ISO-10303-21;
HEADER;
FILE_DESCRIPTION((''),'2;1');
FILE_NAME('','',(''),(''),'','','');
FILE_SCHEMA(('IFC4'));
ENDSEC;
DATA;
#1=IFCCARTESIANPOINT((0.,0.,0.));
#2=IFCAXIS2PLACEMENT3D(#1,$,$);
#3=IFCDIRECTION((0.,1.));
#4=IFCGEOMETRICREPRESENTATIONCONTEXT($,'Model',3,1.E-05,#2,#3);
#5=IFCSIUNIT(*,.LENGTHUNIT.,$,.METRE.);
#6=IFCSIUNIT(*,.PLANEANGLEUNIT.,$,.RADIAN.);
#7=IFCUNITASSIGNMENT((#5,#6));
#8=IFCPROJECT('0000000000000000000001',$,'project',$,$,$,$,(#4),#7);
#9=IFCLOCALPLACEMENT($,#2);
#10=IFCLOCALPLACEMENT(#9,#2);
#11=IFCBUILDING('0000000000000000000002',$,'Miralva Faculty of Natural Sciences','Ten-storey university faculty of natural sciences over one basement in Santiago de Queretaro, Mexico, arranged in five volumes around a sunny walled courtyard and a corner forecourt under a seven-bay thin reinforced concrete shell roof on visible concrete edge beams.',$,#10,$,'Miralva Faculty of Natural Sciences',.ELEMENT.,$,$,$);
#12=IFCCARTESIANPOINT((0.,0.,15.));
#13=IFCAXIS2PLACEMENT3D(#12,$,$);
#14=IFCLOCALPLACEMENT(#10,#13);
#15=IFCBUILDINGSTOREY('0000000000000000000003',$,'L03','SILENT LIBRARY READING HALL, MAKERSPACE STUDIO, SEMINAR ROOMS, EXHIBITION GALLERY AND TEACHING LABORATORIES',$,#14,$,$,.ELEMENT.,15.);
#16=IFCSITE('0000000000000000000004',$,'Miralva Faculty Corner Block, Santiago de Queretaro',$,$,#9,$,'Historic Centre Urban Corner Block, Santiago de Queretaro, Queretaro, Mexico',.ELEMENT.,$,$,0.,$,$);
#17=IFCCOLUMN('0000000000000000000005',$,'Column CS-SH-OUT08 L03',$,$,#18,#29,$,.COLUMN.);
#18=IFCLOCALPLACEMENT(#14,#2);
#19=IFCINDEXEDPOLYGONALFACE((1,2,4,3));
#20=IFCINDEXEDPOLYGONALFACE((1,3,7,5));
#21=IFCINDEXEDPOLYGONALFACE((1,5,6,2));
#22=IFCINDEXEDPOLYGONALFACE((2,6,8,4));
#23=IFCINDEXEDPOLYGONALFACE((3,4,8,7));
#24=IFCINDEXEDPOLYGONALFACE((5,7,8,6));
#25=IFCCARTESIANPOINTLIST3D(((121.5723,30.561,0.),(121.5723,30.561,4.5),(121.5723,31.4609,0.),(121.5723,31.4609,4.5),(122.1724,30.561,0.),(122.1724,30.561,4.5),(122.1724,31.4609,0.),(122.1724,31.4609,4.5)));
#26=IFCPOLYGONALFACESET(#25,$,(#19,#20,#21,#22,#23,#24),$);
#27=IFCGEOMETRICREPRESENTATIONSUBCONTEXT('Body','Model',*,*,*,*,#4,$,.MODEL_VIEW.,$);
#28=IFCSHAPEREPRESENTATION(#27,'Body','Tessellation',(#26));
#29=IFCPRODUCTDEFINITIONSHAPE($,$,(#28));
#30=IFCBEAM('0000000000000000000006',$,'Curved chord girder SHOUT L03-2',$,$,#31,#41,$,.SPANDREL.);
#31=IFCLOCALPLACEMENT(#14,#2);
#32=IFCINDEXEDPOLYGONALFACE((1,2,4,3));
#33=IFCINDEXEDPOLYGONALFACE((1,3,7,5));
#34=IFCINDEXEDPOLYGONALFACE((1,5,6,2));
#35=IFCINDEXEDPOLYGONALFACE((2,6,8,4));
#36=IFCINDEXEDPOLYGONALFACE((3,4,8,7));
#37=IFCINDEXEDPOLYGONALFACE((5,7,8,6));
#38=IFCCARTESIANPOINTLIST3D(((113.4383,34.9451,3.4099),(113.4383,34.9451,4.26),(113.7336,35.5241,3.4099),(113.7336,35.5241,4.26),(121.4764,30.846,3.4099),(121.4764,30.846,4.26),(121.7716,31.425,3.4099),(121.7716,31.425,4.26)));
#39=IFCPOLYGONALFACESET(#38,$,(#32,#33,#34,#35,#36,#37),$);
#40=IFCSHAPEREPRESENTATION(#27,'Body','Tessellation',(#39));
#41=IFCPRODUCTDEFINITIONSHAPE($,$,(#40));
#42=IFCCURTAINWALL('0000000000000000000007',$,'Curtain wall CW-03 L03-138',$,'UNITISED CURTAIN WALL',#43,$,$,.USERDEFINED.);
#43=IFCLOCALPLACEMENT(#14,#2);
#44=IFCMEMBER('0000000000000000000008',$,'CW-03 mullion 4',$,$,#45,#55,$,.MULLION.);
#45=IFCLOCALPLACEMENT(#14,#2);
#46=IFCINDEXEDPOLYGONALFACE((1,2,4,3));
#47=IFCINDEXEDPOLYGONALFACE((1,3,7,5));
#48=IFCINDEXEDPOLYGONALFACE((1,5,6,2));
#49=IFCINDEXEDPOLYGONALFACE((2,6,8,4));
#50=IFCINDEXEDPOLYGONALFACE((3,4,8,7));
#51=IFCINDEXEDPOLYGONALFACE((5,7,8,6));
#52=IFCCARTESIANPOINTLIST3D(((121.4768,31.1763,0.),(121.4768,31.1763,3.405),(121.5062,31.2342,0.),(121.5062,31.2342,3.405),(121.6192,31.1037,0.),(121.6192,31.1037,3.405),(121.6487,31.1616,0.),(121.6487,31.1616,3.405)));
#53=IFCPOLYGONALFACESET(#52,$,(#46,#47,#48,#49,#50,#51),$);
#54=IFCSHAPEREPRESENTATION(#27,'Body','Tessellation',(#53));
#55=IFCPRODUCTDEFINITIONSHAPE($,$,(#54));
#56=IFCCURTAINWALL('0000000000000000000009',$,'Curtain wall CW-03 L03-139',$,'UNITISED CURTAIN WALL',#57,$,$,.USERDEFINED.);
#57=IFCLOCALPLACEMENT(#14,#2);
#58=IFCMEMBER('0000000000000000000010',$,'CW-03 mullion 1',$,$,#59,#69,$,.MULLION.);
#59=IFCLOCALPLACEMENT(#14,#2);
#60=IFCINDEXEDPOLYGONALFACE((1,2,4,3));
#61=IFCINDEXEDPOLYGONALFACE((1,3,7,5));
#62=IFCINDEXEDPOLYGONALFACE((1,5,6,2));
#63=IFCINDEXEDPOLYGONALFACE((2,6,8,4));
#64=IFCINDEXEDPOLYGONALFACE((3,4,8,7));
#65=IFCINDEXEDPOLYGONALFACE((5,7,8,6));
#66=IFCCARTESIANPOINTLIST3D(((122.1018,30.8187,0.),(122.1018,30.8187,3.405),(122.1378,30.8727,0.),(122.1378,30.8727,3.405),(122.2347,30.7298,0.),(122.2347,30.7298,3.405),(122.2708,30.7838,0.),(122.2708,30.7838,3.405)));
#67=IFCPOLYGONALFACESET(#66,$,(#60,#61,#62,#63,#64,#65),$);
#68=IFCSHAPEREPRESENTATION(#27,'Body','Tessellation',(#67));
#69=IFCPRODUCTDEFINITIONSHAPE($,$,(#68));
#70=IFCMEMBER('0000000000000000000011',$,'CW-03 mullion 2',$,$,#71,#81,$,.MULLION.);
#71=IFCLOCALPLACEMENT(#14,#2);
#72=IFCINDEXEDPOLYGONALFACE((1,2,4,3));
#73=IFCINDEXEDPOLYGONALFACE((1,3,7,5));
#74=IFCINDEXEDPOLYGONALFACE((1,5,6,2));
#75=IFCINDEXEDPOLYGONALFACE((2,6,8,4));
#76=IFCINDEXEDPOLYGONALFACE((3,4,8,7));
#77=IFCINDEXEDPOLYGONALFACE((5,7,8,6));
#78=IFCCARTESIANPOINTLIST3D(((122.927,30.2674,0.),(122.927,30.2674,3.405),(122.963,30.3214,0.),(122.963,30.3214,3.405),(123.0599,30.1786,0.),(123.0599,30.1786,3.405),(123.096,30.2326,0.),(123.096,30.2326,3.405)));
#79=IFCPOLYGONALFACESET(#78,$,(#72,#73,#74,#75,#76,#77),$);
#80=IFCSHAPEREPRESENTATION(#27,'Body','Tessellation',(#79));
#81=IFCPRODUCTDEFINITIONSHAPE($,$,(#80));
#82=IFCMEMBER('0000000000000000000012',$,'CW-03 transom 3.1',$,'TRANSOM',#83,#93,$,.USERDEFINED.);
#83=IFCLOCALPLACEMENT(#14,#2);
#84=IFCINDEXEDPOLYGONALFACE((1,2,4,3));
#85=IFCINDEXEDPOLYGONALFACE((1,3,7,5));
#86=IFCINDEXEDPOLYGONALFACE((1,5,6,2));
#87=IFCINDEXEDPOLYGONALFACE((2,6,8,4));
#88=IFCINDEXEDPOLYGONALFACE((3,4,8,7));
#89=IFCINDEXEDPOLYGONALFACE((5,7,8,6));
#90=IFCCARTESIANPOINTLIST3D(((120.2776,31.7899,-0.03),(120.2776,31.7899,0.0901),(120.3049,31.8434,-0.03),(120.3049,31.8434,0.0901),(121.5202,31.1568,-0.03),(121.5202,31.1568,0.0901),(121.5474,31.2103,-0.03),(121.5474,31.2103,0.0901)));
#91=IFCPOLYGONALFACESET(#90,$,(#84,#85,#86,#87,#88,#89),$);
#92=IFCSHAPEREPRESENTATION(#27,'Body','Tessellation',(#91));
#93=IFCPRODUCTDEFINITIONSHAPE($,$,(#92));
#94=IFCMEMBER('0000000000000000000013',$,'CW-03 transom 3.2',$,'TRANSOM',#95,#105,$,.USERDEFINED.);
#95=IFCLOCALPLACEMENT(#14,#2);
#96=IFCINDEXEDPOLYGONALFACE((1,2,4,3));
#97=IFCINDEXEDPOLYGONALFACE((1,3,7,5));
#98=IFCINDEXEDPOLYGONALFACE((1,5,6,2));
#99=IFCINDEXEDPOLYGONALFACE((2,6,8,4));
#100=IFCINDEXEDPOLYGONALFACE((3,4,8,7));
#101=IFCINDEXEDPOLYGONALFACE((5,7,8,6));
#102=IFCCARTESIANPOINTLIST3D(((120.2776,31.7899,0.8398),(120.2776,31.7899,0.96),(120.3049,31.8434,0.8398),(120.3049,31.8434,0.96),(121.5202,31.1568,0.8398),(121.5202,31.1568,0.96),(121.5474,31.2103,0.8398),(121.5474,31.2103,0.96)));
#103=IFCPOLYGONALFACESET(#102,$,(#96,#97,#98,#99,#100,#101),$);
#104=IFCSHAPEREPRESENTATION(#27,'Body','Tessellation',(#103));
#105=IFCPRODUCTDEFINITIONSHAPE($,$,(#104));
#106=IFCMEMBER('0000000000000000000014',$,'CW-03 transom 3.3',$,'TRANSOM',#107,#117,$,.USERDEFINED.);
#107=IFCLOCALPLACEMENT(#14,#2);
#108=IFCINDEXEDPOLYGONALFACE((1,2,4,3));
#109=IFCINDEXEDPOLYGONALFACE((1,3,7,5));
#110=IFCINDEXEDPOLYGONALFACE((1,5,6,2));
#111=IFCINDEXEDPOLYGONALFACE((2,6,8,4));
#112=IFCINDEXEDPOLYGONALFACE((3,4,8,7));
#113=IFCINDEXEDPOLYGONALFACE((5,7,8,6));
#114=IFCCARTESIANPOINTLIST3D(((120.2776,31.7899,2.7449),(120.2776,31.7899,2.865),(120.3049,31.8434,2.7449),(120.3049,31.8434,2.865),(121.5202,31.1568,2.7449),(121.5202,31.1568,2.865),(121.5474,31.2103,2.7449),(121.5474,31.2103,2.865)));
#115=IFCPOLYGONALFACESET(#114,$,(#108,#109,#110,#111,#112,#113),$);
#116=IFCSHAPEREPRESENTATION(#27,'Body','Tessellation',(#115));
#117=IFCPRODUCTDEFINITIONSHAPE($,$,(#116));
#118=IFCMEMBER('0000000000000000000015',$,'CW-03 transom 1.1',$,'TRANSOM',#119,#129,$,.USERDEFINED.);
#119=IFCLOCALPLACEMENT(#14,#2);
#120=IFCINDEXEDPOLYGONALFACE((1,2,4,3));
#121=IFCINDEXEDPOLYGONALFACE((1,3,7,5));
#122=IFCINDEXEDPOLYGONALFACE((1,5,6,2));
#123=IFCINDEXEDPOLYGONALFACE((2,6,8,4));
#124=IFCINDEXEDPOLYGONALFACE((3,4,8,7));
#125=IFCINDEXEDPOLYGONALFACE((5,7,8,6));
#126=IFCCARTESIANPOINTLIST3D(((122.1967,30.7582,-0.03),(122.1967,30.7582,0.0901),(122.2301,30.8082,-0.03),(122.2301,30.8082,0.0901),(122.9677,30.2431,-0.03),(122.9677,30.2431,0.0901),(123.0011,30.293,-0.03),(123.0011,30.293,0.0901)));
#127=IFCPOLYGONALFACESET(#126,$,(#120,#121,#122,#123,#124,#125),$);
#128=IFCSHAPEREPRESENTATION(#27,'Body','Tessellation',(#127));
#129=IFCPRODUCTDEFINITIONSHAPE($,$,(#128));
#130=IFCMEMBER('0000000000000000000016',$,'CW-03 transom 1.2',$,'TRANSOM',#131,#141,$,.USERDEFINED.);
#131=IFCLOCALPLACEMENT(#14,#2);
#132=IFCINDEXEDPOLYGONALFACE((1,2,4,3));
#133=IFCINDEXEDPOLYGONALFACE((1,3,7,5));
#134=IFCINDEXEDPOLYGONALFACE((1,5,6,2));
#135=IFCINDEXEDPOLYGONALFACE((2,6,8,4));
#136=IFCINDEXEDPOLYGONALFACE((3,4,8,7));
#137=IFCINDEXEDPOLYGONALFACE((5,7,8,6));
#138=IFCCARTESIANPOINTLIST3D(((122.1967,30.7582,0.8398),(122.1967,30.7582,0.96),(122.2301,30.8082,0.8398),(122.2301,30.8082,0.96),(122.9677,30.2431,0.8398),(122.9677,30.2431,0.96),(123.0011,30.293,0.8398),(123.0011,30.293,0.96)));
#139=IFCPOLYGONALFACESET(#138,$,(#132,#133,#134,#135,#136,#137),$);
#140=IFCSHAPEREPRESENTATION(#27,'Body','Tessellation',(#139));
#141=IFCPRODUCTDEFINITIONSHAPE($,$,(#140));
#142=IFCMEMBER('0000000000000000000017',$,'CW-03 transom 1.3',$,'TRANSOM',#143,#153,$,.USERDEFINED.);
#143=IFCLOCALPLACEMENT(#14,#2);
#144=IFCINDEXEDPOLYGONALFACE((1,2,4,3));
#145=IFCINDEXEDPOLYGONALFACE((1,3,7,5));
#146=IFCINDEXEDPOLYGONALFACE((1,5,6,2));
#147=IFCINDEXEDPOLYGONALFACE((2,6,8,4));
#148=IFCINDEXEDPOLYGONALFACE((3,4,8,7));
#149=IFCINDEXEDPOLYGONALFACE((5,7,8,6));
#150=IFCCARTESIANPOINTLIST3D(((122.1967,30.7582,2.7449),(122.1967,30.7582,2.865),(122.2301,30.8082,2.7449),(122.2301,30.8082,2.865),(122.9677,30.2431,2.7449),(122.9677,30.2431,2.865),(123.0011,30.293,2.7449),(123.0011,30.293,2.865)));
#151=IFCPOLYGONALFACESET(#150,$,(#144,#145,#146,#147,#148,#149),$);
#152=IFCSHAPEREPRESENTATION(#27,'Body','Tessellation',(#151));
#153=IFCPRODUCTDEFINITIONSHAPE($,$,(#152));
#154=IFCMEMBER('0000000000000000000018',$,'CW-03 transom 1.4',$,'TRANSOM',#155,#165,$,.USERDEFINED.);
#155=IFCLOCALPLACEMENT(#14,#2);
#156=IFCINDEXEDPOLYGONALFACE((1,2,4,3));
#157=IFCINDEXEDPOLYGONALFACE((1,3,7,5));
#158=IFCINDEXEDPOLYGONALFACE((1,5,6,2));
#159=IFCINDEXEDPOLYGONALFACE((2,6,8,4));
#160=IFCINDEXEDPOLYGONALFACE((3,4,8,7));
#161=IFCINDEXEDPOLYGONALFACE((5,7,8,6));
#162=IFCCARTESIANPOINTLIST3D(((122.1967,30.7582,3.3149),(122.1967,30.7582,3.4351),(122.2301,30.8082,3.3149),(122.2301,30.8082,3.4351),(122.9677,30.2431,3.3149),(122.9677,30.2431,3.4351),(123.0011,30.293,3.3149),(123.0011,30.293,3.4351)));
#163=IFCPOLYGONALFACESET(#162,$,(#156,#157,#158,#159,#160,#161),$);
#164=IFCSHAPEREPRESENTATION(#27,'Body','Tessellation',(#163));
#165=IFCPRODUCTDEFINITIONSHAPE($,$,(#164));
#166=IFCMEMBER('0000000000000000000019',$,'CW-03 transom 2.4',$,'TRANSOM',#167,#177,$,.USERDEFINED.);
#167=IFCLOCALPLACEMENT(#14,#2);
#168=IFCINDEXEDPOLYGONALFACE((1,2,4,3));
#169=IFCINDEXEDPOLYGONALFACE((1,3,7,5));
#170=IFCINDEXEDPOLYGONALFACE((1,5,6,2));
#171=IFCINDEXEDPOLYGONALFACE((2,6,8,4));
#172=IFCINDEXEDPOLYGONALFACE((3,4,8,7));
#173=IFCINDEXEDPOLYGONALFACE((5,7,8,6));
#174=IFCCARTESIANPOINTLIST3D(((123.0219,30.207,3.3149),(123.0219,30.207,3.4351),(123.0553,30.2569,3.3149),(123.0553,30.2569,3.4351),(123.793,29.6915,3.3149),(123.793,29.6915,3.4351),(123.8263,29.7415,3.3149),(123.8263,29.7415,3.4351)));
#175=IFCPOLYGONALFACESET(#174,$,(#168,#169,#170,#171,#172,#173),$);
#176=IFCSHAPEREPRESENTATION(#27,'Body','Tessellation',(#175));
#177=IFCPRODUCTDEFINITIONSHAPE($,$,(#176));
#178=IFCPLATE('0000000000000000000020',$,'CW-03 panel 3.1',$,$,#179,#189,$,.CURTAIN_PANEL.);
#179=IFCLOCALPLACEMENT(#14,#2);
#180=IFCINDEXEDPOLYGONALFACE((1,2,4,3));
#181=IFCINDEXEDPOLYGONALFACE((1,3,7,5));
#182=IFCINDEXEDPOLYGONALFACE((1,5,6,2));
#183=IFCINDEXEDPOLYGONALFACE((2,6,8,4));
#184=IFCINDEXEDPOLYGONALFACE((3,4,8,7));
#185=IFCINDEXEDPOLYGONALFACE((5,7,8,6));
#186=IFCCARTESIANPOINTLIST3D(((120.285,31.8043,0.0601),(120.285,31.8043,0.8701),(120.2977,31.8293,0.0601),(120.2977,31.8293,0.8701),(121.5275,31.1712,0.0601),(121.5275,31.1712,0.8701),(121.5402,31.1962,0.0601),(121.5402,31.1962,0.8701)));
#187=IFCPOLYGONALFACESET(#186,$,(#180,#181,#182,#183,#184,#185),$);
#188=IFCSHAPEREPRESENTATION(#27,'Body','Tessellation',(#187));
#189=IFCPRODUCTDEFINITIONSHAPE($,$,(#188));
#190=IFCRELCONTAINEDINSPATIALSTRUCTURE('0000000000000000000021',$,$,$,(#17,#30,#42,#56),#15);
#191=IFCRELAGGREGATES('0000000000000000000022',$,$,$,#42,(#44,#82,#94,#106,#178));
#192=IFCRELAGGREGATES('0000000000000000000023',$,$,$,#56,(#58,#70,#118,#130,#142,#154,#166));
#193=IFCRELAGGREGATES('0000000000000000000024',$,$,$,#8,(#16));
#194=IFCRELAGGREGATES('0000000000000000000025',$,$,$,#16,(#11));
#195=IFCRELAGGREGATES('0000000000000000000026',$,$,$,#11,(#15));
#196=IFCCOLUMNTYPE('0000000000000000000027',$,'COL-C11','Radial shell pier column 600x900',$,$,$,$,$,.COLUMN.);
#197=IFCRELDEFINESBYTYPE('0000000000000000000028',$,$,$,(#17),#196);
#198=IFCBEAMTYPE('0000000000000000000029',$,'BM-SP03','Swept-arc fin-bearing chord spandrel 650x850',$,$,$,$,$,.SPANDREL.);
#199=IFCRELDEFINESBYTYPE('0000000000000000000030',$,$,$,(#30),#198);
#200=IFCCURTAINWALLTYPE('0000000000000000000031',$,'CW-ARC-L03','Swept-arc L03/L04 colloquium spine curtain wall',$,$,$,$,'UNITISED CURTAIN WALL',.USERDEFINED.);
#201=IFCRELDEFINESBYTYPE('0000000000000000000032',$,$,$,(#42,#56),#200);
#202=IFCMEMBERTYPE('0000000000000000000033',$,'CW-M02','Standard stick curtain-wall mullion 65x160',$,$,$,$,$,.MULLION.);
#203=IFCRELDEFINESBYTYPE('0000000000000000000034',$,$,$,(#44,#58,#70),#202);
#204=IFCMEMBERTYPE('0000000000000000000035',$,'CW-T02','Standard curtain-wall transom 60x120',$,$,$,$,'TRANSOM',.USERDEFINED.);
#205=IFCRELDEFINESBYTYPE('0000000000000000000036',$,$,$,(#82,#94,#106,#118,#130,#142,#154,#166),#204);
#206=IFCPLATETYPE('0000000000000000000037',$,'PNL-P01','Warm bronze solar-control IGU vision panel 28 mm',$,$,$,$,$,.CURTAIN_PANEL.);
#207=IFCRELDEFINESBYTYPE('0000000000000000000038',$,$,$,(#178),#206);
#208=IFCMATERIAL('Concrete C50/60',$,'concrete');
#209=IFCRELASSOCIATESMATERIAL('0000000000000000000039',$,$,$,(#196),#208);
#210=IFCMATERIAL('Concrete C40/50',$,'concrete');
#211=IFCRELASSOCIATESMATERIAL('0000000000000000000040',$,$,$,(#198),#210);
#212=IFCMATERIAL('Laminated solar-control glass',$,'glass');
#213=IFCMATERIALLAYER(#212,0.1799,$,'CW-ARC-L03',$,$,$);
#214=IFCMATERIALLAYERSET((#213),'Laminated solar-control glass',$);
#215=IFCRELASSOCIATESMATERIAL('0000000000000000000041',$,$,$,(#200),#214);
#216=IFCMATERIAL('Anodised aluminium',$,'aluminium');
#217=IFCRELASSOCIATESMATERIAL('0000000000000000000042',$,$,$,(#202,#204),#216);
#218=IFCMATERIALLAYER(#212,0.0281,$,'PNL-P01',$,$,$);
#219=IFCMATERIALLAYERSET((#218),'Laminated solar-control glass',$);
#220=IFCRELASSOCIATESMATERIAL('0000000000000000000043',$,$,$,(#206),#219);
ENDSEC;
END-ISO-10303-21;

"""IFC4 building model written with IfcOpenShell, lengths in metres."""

from ifc_helpers import new_model, si_unit, direction, frame, origin, origin_2d, place, context, subcontext, project, spatial, rectangle, extrude, material, layer, layer_set, material_profile, profile_set, type_object, element, aggregate, save


model = new_model("IFC4")

# Units and contexts
model_context = context("Model", 3, precision=1e-05, world=origin(), true_north=direction((0.0, 1.0)))
body_context = subcontext(model_context, "Body", "Model", "MODEL_VIEW")
ifc_project = project(units=[si_unit("LENGTHUNIT", "METRE"), si_unit("PLANEANGLEUNIT", "RADIAN")], contexts=[model_context])

# Site, building, storey
site_placement = place(None, origin())
site = spatial("IfcSite", under=ifc_project, at=site_placement, Name="Miralva Faculty Corner Block, Santiago de Queretaro", LongName="Historic Centre Urban Corner Block, Santiago de Queretaro, Queretaro, Mexico", CompositionType="ELEMENT", RefElevation=0.0)
building_placement = place(site_placement, origin())
building = spatial("IfcBuilding", under=site, at=building_placement, Name="Miralva Faculty of Natural Sciences", Description="Ten-storey university faculty of natural sciences over one basement in Santiago de Queretaro, Mexico, arranged in five volumes around a sunny walled courtyard and a corner forecourt under a seven-bay thin reinforced concrete shell roof on visible concrete edge beams.", LongName="Miralva Faculty of Natural Sciences", CompositionType="ELEMENT")
storey_placement = place(building_placement, frame((0.0, 0.0, 15.0)))
storey = spatial("IfcBuildingStorey", under=building, at=storey_placement, Name="L03", Description="SILENT LIBRARY READING HALL, MAKERSPACE STUDIO, SEMINAR ROOMS, EXHIBITION GALLERY AND TEACHING LABORATORIES", CompositionType="ELEMENT", Elevation=15.0)

# Column
ifc_material_1 = material(Name="Concrete C50/60", Category="concrete")
ifc_material_profile_1 = material_profile(ifc_material_1, rectangle(XDim=0.6001, YDim=0.8999, at=origin_2d()), Name="RC 600x900")
ifc_profile_set_1 = profile_set([ifc_material_profile_1], Name="Concrete C50/60")
column_type = type_object("IfcColumnType", Name="COL-C11", Description="Radial shell pier column 600x900", PredefinedType="COLUMN", material=ifc_profile_set_1)
column_placement = place(storey_placement, frame((121.8723, 31.011, 0.0), z_axis=(0.0, 0.0, 1.0), x_axis=(1.0, 0.0, 0.0)))
element("IfcColumn", 1, at=column_placement, inside=storey, type_object=column_type, Name="Column CS-SH-OUT08 L03", PredefinedType="COLUMN", context=body_context, shape_type="SweptSolid", body=[
    extrude(rectangle(XDim=0.6001, YDim=0.8999, at=origin_2d()), origin(), (0.0, 0.0, 1.0), 4.5),
])

# Beam
ifc_material_2 = material(Name="Concrete C40/50", Category="concrete")
ifc_material_profile_2 = material_profile(ifc_material_2, rectangle(XDim=0.6499, YDim=0.8501, at=origin_2d()), Name="RC 650x850")
ifc_profile_set_2 = profile_set([ifc_material_profile_2], Name="Concrete C40/50")
beam_type = type_object("IfcBeamType", Name="BM-SP03", Description="Swept-arc fin-bearing chord spandrel 650x850", PredefinedType="SPANDREL", material=ifc_profile_set_2)
beam_placement = place(storey_placement, frame((121.624, 31.1355, 3.835), z_axis=(-0.890849, 0.454299, 0.0), x_axis=(-0.454299, -0.890849, 0.0)))
element("IfcBeam", 2, at=beam_placement, inside=storey, type_object=beam_type, Name="Curved chord girder SHOUT L03-2", PredefinedType="SPANDREL", context=body_context, shape_type="SweptSolid", body=[
    extrude(rectangle(XDim=0.6499, YDim=0.8501, at=origin_2d()), origin(), (0.0, 0.0, 1.0), 9.0229),
])

# Curtain wall, member
ifc_material_3 = material(Name="Laminated solar-control glass", Category="glass")
ifc_layer_1 = layer(ifc_material_3, 0.1799, Name="CW-ARC-L03")
ifc_layer_set_1 = layer_set([ifc_layer_1], Name="Laminated solar-control glass")
curtain_wall_type = type_object("IfcCurtainWallType", Name="CW-ARC-L03", Description="Swept-arc L03/L04 colloquium spine curtain wall", ElementType="UNITISED CURTAIN WALL", PredefinedType="USERDEFINED", material=ifc_layer_set_1)
curtain_wall_1_placement = place(storey_placement, origin())
curtain_wall_1 = element("IfcCurtainWall", 3, at=curtain_wall_1_placement, inside=storey, type_object=curtain_wall_type, Name="Curtain wall CW-03 L03-138", ObjectType="UNITISED CURTAIN WALL", PredefinedType="USERDEFINED")
ifc_material_4 = material(Name="Anodised aluminium", Category="aluminium")
ifc_material_profile_3 = material_profile(ifc_material_4, rectangle(XDim=0.0649, YDim=0.1599, at=origin_2d()), Name="MULLION 65x160")
ifc_profile_set_3 = profile_set([ifc_material_profile_3], Name="Anodised aluminium")
member_type_1 = type_object("IfcMemberType", Name="CW-M02", Description="Standard stick curtain-wall mullion 65x160", PredefinedType="MULLION", material=ifc_profile_set_3)
member_1_placement = place(storey_placement, frame((121.5627, 31.1689, 0.0), z_axis=(0.0, 0.0, 1.0), x_axis=(0.454001, 0.891001, 0.0)))
member_1 = element("IfcMember", 4, at=member_1_placement, type_object=member_type_1, Name="CW-03 mullion 4", PredefinedType="MULLION", context=body_context, shape_type="SweptSolid", body=[
    extrude(rectangle(XDim=0.0649, YDim=0.1599, at=origin_2d()), origin(), (0.0, 0.0, 1.0), 3.405),
])

# Curtain wall, members
curtain_wall_2_placement = place(storey_placement, origin())
curtain_wall_2 = element("IfcCurtainWall", 5, at=curtain_wall_2_placement, inside=storey, type_object=curtain_wall_type, Name="Curtain wall CW-03 L03-139", ObjectType="UNITISED CURTAIN WALL", PredefinedType="USERDEFINED")
member_2_placement = place(storey_placement, frame((122.1863, 30.8013, 0.0), z_axis=(0.0, 0.0, 1.0), x_axis=(0.555589, 0.831457, 0.0)))
member_2 = element("IfcMember", 6, at=member_2_placement, type_object=member_type_1, Name="CW-03 mullion 1", PredefinedType="MULLION", context=body_context, shape_type="SweptSolid", body=[
    extrude(rectangle(XDim=0.0649, YDim=0.1599, at=origin_2d()), origin(), (0.0, 0.0, 1.0), 3.405),
])
member_3_placement = place(storey_placement, frame((123.0115, 30.25, 0.0), z_axis=(0.0, 0.0, 1.0), x_axis=(0.555589, 0.831457, 0.0)))
member_3 = element("IfcMember", 7, at=member_3_placement, type_object=member_type_1, Name="CW-03 mullion 2", PredefinedType="MULLION", context=body_context, shape_type="SweptSolid", body=[
    extrude(rectangle(XDim=0.0649, YDim=0.1599, at=origin_2d()), origin(), (0.0, 0.0, 1.0), 3.405),
])

# Members
ifc_material_profile_4 = material_profile(ifc_material_4, rectangle(XDim=0.0601, YDim=0.1201, at=origin_2d()), Name="TRANSOM 60x120")
ifc_profile_set_4 = profile_set([ifc_material_profile_4], Name="Anodised aluminium")
member_type_2 = type_object("IfcMemberType", Name="CW-T02", Description="Standard curtain-wall transom 60x120", ElementType="TRANSOM", PredefinedType="USERDEFINED", material=ifc_profile_set_4)
member_4_placement = place(storey_placement, frame((120.2913, 31.8167, 0.03), z_axis=(0.891005, -0.453994, 0.0), x_axis=(0.453994, 0.891005, 0.0)))
member_4 = element("IfcMember", 8, at=member_4_placement, type_object=member_type_2, Name="CW-03 transom 3.1", ObjectType="TRANSOM", PredefinedType="USERDEFINED", context=body_context, shape_type="SweptSolid", body=[
    extrude(rectangle(XDim=0.0601, YDim=0.1201, at=origin_2d()), origin(), (0.0, 0.0, 1.0), 1.3945),
])
member_5_placement = place(storey_placement, frame((120.2913, 31.8167, 0.8999), z_axis=(0.891005, -0.453994, 0.0), x_axis=(0.453994, 0.891005, 0.0)))
member_5 = element("IfcMember", 9, at=member_5_placement, type_object=member_type_2, Name="CW-03 transom 3.2", ObjectType="TRANSOM", PredefinedType="USERDEFINED", context=body_context, shape_type="SweptSolid", body=[
    extrude(rectangle(XDim=0.0601, YDim=0.1201, at=origin_2d()), origin(), (0.0, 0.0, 1.0), 1.3945),
])
member_6_placement = place(storey_placement, frame((120.2913, 31.8167, 2.8049), z_axis=(0.891005, -0.453994, 0.0), x_axis=(0.453994, 0.891005, 0.0)))
member_6 = element("IfcMember", 10, at=member_6_placement, type_object=member_type_2, Name="CW-03 transom 3.3", ObjectType="TRANSOM", PredefinedType="USERDEFINED", context=body_context, shape_type="SweptSolid", body=[
    extrude(rectangle(XDim=0.0601, YDim=0.1201, at=origin_2d()), origin(), (0.0, 0.0, 1.0), 1.3945),
])
member_7_placement = place(storey_placement, frame((122.2134, 30.7832, 0.03), z_axis=(0.831483, -0.555551, 0.0), x_axis=(0.555551, 0.831483, 0.0)))
member_7 = element("IfcMember", 11, at=member_7_placement, type_object=member_type_2, Name="CW-03 transom 1.1", ObjectType="TRANSOM", PredefinedType="USERDEFINED", context=body_context, shape_type="SweptSolid", body=[
    extrude(rectangle(XDim=0.0601, YDim=0.1201, at=origin_2d()), origin(), (0.0, 0.0, 1.0), 0.9272),
])
member_8_placement = place(storey_placement, frame((122.2134, 30.7832, 0.8999), z_axis=(0.831483, -0.555551, 0.0), x_axis=(0.555551, 0.831483, 0.0)))
member_8 = element("IfcMember", 12, at=member_8_placement, type_object=member_type_2, Name="CW-03 transom 1.2", ObjectType="TRANSOM", PredefinedType="USERDEFINED", context=body_context, shape_type="SweptSolid", body=[
    extrude(rectangle(XDim=0.0601, YDim=0.1201, at=origin_2d()), origin(), (0.0, 0.0, 1.0), 0.9272),
])
member_9_placement = place(storey_placement, frame((122.2134, 30.7832, 2.8049), z_axis=(0.831483, -0.555551, 0.0), x_axis=(0.555551, 0.831483, 0.0)))
member_9 = element("IfcMember", 13, at=member_9_placement, type_object=member_type_2, Name="CW-03 transom 1.3", ObjectType="TRANSOM", PredefinedType="USERDEFINED", context=body_context, shape_type="SweptSolid", body=[
    extrude(rectangle(XDim=0.0601, YDim=0.1201, at=origin_2d()), origin(), (0.0, 0.0, 1.0), 0.9272),
])
member_10_placement = place(storey_placement, frame((122.2134, 30.7832, 3.375), z_axis=(0.831483, -0.555551, 0.0), x_axis=(0.555551, 0.831483, 0.0)))
member_10 = element("IfcMember", 14, at=member_10_placement, type_object=member_type_2, Name="CW-03 transom 1.4", ObjectType="TRANSOM", PredefinedType="USERDEFINED", context=body_context, shape_type="SweptSolid", body=[
    extrude(rectangle(XDim=0.0601, YDim=0.1201, at=origin_2d()), origin(), (0.0, 0.0, 1.0), 0.9272),
])
member_11_placement = place(storey_placement, frame((123.0386, 30.2319, 3.375), z_axis=(0.831361, -0.555733, 0.0), x_axis=(0.555733, 0.831361, 0.0)))
member_11 = element("IfcMember", 15, at=member_11_placement, type_object=member_type_2, Name="CW-03 transom 2.4", ObjectType="TRANSOM", PredefinedType="USERDEFINED", context=body_context, shape_type="SweptSolid", body=[
    extrude(rectangle(XDim=0.0601, YDim=0.1201, at=origin_2d()), origin(), (0.0, 0.0, 1.0), 0.9275),
])

# Plate
ifc_layer_2 = layer(ifc_material_3, 0.0281, Name="PNL-P01")
ifc_layer_set_2 = layer_set([ifc_layer_2], Name="Laminated solar-control glass")
plate_type = type_object("IfcPlateType", Name="PNL-P01", Description="Warm bronze solar-control IGU vision panel 28 mm", PredefinedType="CURTAIN_PANEL", material=ifc_layer_set_2)
plate_1_placement = place(storey_placement, frame((120.9126, 31.5002, 0.0601), z_axis=(0.0, 0.0, 1.0), x_axis=(0.891001, -0.454001, 0.0)))
plate_1 = element("IfcPlate", 16, at=plate_1_placement, type_object=plate_type, Name="CW-03 panel 3.1", PredefinedType="CURTAIN_PANEL", context=body_context, shape_type="SweptSolid", body=[
    extrude(rectangle(XDim=1.3945, YDim=0.0281, at=origin_2d()), origin(), (0.0, 0.0, 1.0), 0.8101),
])
aggregate(curtain_wall_1, [member_1, member_4, member_5, member_6, plate_1])
aggregate(curtain_wall_2, [member_2, member_3, member_7, member_8, member_9, member_10, member_11])

save(model, "model.ifc")
